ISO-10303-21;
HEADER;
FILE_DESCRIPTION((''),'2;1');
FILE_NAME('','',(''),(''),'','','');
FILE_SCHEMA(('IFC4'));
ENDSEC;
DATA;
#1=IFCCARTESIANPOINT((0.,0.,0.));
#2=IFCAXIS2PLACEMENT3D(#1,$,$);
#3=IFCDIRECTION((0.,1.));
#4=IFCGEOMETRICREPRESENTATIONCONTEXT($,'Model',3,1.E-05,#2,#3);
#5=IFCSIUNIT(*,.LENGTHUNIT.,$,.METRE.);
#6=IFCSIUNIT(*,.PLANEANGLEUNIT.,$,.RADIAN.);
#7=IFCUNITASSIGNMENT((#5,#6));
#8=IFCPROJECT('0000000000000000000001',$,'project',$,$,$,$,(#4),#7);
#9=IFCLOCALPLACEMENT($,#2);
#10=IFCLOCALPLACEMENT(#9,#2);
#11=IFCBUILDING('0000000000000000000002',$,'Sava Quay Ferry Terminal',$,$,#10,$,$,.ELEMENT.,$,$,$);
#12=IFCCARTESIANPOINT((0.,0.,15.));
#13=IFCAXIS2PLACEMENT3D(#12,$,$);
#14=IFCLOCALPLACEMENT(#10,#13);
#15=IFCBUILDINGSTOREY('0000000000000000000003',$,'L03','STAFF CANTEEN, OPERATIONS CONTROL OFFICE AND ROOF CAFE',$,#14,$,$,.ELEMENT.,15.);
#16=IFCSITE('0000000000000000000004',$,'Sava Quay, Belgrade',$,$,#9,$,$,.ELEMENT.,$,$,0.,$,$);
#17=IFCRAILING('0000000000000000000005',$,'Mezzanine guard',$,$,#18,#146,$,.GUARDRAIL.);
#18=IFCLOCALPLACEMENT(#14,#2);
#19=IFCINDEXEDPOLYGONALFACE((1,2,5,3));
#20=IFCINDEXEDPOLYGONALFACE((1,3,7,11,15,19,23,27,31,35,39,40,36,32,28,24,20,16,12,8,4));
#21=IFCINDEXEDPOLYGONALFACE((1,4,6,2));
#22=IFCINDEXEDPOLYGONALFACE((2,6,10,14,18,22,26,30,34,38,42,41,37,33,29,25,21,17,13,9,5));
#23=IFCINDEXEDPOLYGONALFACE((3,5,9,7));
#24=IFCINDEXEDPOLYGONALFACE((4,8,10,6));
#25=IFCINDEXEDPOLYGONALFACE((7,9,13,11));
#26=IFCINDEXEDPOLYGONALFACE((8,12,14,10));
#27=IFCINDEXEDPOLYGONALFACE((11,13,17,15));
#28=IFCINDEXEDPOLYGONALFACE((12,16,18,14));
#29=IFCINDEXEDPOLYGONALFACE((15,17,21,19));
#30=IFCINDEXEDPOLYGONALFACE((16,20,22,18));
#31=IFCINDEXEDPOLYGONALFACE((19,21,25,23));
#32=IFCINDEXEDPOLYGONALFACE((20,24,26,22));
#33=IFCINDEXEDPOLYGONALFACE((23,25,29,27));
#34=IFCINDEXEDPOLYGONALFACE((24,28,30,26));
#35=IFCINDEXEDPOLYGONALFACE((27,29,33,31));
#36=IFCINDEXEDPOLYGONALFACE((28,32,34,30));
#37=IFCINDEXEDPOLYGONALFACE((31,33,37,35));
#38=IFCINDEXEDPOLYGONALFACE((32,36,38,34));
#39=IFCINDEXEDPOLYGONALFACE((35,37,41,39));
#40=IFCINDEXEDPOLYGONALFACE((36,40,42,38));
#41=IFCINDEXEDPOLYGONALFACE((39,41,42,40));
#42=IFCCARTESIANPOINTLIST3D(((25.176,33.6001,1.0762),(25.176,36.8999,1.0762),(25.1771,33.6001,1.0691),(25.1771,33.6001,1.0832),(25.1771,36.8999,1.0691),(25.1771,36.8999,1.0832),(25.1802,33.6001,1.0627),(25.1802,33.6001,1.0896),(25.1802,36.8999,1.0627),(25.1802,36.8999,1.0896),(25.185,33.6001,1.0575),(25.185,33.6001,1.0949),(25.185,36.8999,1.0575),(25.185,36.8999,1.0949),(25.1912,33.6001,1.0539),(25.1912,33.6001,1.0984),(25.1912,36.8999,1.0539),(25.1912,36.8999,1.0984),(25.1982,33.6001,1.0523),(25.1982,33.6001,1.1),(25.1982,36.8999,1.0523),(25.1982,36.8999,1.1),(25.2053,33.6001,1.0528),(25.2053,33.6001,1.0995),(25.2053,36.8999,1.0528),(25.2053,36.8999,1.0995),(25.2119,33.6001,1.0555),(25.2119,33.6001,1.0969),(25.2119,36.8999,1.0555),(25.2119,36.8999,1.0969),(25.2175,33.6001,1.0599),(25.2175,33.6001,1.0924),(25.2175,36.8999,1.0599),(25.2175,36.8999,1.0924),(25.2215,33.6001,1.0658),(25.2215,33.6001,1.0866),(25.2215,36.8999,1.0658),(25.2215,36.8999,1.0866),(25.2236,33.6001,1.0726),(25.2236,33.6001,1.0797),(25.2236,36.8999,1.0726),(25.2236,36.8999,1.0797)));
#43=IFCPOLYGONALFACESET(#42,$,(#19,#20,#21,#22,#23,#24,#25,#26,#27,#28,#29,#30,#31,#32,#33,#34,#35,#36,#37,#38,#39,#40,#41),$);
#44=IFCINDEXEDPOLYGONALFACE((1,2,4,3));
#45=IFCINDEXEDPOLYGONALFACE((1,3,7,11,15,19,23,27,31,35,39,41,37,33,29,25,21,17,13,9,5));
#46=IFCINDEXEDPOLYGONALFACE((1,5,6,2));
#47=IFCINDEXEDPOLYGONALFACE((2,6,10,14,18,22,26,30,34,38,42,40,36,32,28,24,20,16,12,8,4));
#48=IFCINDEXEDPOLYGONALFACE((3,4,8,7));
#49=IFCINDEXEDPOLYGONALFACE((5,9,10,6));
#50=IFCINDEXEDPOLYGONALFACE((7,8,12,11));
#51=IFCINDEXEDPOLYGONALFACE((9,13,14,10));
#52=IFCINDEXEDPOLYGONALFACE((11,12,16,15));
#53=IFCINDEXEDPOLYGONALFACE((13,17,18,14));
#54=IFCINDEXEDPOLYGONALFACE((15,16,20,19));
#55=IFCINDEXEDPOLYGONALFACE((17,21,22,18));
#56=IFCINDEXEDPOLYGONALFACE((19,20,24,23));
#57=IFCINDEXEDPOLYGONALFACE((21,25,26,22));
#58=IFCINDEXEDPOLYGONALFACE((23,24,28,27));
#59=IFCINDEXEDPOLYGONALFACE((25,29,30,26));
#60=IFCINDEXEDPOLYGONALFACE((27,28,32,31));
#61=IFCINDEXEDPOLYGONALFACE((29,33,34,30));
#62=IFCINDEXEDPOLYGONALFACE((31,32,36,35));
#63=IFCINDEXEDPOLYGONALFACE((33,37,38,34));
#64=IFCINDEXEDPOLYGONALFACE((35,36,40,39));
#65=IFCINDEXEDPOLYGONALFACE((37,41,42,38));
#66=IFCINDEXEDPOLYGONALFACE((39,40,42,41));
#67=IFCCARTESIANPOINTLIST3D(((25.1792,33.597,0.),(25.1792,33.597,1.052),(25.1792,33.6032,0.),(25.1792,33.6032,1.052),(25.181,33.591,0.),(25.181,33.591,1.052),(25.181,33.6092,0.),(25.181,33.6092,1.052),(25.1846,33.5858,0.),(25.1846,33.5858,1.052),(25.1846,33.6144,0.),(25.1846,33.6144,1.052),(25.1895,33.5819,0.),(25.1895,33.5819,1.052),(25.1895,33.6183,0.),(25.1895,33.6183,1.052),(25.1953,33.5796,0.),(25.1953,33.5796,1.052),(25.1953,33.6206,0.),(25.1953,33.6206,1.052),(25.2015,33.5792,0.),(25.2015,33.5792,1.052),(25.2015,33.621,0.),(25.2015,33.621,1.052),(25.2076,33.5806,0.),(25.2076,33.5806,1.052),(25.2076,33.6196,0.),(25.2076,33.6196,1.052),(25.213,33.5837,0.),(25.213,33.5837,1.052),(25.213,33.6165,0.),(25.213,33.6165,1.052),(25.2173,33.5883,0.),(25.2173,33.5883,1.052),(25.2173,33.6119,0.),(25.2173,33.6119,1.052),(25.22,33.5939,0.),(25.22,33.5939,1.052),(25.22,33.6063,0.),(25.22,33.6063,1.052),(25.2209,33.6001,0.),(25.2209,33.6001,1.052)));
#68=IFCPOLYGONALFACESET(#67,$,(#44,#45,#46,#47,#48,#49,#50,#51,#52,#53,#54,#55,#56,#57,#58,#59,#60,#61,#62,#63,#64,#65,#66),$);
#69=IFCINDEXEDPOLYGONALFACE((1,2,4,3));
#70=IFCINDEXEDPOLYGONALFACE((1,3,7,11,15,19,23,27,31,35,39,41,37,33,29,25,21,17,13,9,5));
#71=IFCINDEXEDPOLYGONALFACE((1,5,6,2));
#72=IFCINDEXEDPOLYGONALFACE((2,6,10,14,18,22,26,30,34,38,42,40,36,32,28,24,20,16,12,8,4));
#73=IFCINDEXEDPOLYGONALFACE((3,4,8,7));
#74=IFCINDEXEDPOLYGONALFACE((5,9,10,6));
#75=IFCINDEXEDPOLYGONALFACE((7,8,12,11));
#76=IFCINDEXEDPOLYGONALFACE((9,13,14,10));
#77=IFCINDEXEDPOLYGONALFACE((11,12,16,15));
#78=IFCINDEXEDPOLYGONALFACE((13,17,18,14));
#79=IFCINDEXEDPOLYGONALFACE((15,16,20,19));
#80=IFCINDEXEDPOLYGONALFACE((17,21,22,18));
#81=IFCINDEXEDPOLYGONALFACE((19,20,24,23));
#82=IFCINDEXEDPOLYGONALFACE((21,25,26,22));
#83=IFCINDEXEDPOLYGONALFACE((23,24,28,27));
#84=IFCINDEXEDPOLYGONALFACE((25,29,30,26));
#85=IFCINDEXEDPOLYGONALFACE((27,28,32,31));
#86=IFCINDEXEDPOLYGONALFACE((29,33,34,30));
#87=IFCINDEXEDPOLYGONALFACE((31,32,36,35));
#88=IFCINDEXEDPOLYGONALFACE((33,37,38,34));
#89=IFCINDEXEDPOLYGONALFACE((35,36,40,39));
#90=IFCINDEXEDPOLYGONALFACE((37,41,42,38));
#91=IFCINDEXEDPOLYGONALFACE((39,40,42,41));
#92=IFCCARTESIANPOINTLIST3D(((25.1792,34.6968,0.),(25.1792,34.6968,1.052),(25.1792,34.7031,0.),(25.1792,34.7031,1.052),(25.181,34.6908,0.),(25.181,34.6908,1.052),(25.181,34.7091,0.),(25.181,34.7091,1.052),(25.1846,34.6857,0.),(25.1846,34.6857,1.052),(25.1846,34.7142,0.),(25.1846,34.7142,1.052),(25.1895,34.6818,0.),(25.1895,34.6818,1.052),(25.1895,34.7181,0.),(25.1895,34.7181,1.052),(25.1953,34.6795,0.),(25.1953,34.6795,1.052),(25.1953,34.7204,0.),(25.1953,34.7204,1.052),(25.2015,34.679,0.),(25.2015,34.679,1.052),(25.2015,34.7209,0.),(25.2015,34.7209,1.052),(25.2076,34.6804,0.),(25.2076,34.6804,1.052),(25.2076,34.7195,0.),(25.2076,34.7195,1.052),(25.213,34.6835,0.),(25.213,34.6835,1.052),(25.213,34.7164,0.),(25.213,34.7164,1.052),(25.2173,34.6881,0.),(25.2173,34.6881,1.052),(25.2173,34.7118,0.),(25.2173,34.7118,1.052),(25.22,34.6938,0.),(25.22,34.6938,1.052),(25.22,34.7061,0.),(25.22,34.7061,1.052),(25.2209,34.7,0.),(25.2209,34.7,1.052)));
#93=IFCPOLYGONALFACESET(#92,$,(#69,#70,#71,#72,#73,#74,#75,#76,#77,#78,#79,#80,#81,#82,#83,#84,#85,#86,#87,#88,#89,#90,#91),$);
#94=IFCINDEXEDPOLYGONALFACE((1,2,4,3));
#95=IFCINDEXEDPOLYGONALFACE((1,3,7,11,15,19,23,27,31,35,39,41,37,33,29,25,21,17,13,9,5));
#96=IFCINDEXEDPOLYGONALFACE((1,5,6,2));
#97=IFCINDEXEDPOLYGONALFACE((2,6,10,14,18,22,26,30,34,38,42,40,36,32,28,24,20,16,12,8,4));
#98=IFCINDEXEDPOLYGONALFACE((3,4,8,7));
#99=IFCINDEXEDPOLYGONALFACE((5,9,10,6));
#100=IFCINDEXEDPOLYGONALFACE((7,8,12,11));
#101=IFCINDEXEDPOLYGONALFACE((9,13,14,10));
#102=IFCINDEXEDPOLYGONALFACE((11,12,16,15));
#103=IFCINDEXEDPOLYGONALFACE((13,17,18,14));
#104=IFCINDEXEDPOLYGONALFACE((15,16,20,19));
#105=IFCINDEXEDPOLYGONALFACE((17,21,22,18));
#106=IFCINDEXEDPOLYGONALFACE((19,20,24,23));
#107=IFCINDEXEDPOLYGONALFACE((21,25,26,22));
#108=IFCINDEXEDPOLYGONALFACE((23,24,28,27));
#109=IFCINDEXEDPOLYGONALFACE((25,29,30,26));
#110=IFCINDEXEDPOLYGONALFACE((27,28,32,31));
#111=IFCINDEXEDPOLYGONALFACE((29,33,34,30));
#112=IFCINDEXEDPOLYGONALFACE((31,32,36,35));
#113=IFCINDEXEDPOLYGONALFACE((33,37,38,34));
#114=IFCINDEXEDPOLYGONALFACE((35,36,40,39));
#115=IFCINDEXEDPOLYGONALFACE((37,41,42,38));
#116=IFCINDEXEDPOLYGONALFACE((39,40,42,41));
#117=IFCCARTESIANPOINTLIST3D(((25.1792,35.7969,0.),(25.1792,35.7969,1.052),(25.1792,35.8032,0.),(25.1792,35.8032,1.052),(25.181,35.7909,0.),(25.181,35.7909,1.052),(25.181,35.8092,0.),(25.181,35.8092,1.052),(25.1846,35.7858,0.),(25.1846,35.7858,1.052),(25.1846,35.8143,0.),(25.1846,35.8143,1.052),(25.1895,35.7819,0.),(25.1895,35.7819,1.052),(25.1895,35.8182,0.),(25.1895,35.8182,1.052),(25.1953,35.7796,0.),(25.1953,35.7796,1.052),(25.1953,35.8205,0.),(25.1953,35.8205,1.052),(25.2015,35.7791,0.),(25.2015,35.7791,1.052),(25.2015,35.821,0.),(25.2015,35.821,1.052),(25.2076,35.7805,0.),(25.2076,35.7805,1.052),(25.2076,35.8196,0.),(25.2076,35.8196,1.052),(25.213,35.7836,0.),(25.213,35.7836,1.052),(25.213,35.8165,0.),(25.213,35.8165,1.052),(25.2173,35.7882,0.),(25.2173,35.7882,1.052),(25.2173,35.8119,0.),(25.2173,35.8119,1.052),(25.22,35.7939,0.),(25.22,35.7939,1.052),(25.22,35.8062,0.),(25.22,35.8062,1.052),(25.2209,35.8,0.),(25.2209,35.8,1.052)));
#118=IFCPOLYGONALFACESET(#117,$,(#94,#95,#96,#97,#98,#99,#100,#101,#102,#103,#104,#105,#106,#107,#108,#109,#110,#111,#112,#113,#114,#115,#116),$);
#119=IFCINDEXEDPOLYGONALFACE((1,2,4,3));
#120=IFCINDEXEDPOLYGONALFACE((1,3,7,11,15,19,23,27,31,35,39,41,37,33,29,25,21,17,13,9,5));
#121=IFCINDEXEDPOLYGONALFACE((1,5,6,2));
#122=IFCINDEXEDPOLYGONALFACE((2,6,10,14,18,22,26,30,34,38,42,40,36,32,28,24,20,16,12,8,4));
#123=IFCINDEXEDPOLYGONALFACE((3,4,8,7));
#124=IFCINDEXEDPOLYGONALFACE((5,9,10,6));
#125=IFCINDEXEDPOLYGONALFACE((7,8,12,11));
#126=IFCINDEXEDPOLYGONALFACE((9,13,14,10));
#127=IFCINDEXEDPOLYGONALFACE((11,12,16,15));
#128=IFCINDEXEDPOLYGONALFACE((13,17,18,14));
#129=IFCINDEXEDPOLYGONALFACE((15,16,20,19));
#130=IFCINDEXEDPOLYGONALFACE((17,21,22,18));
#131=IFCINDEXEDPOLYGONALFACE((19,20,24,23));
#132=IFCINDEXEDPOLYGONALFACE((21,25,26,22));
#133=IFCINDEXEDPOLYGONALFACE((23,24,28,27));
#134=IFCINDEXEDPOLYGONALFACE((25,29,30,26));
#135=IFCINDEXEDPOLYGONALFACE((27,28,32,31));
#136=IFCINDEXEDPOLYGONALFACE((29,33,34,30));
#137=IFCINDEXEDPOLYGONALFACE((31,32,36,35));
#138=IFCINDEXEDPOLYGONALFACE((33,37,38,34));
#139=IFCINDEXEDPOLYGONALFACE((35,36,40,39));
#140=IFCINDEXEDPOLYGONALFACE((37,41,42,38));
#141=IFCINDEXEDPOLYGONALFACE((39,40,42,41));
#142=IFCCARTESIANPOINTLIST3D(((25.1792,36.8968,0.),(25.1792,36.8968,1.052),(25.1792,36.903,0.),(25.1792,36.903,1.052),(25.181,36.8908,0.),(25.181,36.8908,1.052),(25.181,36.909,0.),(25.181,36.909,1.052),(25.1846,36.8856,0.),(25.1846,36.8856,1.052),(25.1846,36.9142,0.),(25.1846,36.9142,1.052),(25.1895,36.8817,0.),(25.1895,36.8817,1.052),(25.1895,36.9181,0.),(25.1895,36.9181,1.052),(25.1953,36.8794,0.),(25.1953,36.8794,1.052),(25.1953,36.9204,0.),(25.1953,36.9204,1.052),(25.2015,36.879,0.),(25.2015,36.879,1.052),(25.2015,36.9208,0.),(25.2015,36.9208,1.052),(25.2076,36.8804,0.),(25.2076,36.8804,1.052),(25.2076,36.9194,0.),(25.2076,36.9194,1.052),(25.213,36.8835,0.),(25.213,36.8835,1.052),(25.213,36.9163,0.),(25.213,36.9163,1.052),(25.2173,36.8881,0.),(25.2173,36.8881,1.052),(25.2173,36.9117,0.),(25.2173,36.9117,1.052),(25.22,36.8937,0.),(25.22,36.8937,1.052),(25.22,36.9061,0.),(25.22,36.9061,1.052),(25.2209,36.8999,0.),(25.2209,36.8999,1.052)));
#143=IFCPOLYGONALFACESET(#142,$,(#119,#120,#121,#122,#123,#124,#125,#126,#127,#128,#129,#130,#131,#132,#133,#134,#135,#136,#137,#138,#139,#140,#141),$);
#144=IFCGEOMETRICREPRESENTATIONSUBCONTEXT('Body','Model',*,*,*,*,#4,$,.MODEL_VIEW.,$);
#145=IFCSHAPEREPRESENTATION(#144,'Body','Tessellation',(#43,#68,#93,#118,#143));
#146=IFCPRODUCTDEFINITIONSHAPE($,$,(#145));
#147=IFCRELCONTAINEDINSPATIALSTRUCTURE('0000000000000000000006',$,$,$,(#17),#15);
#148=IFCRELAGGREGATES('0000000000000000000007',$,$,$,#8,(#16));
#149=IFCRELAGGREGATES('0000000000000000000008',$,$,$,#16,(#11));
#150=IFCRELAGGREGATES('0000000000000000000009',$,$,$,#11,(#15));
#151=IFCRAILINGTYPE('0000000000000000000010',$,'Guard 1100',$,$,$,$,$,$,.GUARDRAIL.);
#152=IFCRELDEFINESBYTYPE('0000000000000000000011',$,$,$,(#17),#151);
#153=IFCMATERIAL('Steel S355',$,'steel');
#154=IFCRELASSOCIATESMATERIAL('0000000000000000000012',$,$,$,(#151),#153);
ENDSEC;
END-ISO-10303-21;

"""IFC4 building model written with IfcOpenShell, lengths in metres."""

from ifc_helpers import new_model, si_unit, direction, frame, origin, origin_2d, place, context, subcontext, project, spatial, circle, extrude, material, type_object, element, save


model = new_model("IFC4")

# Units and contexts
model_context = context("Model", 3, precision=1e-05, world=origin(), true_north=direction((0.0, 1.0)))
body_context = subcontext(model_context, "Body", "Model", "MODEL_VIEW")
ifc_project = project(units=[si_unit("LENGTHUNIT", "METRE"), si_unit("PLANEANGLEUNIT", "RADIAN")], contexts=[model_context])

# Site, building, storey
site_placement = place(None, origin())
site = spatial("IfcSite", under=ifc_project, at=site_placement, Name="Sava Quay, Belgrade", CompositionType="ELEMENT", RefElevation=0.0)
building_placement = place(site_placement, origin())
building = spatial("IfcBuilding", under=site, at=building_placement, Name="Sava Quay Ferry Terminal", CompositionType="ELEMENT")
storey_placement = place(building_placement, frame((0.0, 0.0, 15.0)))
storey = spatial("IfcBuildingStorey", under=building, at=storey_placement, Name="L03", Description="STAFF CANTEEN, OPERATIONS CONTROL OFFICE AND ROOF CAFE", CompositionType="ELEMENT", Elevation=15.0)

# Railing
ifc_material_1 = material(Name="Steel S355", Category="steel")
railing_type = type_object("IfcRailingType", Name="Guard 1100", PredefinedType="GUARDRAIL", material=ifc_material_1)
railing_placement = place(storey_placement, frame((25.2, 33.6001, 0.0)))
element("IfcRailing", 1, at=railing_placement, inside=storey, type_object=railing_type, Name="Mezzanine guard", PredefinedType="GUARDRAIL", context=body_context, shape_type="SweptSolid", body=[
    extrude(circle(Radius=0.0239, at=origin_2d()), frame((0.0, 0.0, 1.0762), z_axis=(0.0, 1.0, 0.0), x_axis=(-1.0, 0.0, 0.0)), (0.0, 0.0, 1.0), 3.2998),
    extrude(circle(Radius=0.021, at=origin_2d()), origin(), (0.0, 0.0, 1.0), 1.052),
    extrude(circle(Radius=0.021, at=origin_2d()), frame((0.0, 1.0999, 0.0)), (0.0, 0.0, 1.0), 1.052),
    extrude(circle(Radius=0.021, at=origin_2d()), frame((0.0, 2.2, 0.0)), (0.0, 0.0, 1.0), 1.052),
    extrude(circle(Radius=0.021, at=origin_2d()), frame((0.0, 3.2998, 0.0)), (0.0, 0.0, 1.0), 1.052),
])

save(model, "model.ifc")
